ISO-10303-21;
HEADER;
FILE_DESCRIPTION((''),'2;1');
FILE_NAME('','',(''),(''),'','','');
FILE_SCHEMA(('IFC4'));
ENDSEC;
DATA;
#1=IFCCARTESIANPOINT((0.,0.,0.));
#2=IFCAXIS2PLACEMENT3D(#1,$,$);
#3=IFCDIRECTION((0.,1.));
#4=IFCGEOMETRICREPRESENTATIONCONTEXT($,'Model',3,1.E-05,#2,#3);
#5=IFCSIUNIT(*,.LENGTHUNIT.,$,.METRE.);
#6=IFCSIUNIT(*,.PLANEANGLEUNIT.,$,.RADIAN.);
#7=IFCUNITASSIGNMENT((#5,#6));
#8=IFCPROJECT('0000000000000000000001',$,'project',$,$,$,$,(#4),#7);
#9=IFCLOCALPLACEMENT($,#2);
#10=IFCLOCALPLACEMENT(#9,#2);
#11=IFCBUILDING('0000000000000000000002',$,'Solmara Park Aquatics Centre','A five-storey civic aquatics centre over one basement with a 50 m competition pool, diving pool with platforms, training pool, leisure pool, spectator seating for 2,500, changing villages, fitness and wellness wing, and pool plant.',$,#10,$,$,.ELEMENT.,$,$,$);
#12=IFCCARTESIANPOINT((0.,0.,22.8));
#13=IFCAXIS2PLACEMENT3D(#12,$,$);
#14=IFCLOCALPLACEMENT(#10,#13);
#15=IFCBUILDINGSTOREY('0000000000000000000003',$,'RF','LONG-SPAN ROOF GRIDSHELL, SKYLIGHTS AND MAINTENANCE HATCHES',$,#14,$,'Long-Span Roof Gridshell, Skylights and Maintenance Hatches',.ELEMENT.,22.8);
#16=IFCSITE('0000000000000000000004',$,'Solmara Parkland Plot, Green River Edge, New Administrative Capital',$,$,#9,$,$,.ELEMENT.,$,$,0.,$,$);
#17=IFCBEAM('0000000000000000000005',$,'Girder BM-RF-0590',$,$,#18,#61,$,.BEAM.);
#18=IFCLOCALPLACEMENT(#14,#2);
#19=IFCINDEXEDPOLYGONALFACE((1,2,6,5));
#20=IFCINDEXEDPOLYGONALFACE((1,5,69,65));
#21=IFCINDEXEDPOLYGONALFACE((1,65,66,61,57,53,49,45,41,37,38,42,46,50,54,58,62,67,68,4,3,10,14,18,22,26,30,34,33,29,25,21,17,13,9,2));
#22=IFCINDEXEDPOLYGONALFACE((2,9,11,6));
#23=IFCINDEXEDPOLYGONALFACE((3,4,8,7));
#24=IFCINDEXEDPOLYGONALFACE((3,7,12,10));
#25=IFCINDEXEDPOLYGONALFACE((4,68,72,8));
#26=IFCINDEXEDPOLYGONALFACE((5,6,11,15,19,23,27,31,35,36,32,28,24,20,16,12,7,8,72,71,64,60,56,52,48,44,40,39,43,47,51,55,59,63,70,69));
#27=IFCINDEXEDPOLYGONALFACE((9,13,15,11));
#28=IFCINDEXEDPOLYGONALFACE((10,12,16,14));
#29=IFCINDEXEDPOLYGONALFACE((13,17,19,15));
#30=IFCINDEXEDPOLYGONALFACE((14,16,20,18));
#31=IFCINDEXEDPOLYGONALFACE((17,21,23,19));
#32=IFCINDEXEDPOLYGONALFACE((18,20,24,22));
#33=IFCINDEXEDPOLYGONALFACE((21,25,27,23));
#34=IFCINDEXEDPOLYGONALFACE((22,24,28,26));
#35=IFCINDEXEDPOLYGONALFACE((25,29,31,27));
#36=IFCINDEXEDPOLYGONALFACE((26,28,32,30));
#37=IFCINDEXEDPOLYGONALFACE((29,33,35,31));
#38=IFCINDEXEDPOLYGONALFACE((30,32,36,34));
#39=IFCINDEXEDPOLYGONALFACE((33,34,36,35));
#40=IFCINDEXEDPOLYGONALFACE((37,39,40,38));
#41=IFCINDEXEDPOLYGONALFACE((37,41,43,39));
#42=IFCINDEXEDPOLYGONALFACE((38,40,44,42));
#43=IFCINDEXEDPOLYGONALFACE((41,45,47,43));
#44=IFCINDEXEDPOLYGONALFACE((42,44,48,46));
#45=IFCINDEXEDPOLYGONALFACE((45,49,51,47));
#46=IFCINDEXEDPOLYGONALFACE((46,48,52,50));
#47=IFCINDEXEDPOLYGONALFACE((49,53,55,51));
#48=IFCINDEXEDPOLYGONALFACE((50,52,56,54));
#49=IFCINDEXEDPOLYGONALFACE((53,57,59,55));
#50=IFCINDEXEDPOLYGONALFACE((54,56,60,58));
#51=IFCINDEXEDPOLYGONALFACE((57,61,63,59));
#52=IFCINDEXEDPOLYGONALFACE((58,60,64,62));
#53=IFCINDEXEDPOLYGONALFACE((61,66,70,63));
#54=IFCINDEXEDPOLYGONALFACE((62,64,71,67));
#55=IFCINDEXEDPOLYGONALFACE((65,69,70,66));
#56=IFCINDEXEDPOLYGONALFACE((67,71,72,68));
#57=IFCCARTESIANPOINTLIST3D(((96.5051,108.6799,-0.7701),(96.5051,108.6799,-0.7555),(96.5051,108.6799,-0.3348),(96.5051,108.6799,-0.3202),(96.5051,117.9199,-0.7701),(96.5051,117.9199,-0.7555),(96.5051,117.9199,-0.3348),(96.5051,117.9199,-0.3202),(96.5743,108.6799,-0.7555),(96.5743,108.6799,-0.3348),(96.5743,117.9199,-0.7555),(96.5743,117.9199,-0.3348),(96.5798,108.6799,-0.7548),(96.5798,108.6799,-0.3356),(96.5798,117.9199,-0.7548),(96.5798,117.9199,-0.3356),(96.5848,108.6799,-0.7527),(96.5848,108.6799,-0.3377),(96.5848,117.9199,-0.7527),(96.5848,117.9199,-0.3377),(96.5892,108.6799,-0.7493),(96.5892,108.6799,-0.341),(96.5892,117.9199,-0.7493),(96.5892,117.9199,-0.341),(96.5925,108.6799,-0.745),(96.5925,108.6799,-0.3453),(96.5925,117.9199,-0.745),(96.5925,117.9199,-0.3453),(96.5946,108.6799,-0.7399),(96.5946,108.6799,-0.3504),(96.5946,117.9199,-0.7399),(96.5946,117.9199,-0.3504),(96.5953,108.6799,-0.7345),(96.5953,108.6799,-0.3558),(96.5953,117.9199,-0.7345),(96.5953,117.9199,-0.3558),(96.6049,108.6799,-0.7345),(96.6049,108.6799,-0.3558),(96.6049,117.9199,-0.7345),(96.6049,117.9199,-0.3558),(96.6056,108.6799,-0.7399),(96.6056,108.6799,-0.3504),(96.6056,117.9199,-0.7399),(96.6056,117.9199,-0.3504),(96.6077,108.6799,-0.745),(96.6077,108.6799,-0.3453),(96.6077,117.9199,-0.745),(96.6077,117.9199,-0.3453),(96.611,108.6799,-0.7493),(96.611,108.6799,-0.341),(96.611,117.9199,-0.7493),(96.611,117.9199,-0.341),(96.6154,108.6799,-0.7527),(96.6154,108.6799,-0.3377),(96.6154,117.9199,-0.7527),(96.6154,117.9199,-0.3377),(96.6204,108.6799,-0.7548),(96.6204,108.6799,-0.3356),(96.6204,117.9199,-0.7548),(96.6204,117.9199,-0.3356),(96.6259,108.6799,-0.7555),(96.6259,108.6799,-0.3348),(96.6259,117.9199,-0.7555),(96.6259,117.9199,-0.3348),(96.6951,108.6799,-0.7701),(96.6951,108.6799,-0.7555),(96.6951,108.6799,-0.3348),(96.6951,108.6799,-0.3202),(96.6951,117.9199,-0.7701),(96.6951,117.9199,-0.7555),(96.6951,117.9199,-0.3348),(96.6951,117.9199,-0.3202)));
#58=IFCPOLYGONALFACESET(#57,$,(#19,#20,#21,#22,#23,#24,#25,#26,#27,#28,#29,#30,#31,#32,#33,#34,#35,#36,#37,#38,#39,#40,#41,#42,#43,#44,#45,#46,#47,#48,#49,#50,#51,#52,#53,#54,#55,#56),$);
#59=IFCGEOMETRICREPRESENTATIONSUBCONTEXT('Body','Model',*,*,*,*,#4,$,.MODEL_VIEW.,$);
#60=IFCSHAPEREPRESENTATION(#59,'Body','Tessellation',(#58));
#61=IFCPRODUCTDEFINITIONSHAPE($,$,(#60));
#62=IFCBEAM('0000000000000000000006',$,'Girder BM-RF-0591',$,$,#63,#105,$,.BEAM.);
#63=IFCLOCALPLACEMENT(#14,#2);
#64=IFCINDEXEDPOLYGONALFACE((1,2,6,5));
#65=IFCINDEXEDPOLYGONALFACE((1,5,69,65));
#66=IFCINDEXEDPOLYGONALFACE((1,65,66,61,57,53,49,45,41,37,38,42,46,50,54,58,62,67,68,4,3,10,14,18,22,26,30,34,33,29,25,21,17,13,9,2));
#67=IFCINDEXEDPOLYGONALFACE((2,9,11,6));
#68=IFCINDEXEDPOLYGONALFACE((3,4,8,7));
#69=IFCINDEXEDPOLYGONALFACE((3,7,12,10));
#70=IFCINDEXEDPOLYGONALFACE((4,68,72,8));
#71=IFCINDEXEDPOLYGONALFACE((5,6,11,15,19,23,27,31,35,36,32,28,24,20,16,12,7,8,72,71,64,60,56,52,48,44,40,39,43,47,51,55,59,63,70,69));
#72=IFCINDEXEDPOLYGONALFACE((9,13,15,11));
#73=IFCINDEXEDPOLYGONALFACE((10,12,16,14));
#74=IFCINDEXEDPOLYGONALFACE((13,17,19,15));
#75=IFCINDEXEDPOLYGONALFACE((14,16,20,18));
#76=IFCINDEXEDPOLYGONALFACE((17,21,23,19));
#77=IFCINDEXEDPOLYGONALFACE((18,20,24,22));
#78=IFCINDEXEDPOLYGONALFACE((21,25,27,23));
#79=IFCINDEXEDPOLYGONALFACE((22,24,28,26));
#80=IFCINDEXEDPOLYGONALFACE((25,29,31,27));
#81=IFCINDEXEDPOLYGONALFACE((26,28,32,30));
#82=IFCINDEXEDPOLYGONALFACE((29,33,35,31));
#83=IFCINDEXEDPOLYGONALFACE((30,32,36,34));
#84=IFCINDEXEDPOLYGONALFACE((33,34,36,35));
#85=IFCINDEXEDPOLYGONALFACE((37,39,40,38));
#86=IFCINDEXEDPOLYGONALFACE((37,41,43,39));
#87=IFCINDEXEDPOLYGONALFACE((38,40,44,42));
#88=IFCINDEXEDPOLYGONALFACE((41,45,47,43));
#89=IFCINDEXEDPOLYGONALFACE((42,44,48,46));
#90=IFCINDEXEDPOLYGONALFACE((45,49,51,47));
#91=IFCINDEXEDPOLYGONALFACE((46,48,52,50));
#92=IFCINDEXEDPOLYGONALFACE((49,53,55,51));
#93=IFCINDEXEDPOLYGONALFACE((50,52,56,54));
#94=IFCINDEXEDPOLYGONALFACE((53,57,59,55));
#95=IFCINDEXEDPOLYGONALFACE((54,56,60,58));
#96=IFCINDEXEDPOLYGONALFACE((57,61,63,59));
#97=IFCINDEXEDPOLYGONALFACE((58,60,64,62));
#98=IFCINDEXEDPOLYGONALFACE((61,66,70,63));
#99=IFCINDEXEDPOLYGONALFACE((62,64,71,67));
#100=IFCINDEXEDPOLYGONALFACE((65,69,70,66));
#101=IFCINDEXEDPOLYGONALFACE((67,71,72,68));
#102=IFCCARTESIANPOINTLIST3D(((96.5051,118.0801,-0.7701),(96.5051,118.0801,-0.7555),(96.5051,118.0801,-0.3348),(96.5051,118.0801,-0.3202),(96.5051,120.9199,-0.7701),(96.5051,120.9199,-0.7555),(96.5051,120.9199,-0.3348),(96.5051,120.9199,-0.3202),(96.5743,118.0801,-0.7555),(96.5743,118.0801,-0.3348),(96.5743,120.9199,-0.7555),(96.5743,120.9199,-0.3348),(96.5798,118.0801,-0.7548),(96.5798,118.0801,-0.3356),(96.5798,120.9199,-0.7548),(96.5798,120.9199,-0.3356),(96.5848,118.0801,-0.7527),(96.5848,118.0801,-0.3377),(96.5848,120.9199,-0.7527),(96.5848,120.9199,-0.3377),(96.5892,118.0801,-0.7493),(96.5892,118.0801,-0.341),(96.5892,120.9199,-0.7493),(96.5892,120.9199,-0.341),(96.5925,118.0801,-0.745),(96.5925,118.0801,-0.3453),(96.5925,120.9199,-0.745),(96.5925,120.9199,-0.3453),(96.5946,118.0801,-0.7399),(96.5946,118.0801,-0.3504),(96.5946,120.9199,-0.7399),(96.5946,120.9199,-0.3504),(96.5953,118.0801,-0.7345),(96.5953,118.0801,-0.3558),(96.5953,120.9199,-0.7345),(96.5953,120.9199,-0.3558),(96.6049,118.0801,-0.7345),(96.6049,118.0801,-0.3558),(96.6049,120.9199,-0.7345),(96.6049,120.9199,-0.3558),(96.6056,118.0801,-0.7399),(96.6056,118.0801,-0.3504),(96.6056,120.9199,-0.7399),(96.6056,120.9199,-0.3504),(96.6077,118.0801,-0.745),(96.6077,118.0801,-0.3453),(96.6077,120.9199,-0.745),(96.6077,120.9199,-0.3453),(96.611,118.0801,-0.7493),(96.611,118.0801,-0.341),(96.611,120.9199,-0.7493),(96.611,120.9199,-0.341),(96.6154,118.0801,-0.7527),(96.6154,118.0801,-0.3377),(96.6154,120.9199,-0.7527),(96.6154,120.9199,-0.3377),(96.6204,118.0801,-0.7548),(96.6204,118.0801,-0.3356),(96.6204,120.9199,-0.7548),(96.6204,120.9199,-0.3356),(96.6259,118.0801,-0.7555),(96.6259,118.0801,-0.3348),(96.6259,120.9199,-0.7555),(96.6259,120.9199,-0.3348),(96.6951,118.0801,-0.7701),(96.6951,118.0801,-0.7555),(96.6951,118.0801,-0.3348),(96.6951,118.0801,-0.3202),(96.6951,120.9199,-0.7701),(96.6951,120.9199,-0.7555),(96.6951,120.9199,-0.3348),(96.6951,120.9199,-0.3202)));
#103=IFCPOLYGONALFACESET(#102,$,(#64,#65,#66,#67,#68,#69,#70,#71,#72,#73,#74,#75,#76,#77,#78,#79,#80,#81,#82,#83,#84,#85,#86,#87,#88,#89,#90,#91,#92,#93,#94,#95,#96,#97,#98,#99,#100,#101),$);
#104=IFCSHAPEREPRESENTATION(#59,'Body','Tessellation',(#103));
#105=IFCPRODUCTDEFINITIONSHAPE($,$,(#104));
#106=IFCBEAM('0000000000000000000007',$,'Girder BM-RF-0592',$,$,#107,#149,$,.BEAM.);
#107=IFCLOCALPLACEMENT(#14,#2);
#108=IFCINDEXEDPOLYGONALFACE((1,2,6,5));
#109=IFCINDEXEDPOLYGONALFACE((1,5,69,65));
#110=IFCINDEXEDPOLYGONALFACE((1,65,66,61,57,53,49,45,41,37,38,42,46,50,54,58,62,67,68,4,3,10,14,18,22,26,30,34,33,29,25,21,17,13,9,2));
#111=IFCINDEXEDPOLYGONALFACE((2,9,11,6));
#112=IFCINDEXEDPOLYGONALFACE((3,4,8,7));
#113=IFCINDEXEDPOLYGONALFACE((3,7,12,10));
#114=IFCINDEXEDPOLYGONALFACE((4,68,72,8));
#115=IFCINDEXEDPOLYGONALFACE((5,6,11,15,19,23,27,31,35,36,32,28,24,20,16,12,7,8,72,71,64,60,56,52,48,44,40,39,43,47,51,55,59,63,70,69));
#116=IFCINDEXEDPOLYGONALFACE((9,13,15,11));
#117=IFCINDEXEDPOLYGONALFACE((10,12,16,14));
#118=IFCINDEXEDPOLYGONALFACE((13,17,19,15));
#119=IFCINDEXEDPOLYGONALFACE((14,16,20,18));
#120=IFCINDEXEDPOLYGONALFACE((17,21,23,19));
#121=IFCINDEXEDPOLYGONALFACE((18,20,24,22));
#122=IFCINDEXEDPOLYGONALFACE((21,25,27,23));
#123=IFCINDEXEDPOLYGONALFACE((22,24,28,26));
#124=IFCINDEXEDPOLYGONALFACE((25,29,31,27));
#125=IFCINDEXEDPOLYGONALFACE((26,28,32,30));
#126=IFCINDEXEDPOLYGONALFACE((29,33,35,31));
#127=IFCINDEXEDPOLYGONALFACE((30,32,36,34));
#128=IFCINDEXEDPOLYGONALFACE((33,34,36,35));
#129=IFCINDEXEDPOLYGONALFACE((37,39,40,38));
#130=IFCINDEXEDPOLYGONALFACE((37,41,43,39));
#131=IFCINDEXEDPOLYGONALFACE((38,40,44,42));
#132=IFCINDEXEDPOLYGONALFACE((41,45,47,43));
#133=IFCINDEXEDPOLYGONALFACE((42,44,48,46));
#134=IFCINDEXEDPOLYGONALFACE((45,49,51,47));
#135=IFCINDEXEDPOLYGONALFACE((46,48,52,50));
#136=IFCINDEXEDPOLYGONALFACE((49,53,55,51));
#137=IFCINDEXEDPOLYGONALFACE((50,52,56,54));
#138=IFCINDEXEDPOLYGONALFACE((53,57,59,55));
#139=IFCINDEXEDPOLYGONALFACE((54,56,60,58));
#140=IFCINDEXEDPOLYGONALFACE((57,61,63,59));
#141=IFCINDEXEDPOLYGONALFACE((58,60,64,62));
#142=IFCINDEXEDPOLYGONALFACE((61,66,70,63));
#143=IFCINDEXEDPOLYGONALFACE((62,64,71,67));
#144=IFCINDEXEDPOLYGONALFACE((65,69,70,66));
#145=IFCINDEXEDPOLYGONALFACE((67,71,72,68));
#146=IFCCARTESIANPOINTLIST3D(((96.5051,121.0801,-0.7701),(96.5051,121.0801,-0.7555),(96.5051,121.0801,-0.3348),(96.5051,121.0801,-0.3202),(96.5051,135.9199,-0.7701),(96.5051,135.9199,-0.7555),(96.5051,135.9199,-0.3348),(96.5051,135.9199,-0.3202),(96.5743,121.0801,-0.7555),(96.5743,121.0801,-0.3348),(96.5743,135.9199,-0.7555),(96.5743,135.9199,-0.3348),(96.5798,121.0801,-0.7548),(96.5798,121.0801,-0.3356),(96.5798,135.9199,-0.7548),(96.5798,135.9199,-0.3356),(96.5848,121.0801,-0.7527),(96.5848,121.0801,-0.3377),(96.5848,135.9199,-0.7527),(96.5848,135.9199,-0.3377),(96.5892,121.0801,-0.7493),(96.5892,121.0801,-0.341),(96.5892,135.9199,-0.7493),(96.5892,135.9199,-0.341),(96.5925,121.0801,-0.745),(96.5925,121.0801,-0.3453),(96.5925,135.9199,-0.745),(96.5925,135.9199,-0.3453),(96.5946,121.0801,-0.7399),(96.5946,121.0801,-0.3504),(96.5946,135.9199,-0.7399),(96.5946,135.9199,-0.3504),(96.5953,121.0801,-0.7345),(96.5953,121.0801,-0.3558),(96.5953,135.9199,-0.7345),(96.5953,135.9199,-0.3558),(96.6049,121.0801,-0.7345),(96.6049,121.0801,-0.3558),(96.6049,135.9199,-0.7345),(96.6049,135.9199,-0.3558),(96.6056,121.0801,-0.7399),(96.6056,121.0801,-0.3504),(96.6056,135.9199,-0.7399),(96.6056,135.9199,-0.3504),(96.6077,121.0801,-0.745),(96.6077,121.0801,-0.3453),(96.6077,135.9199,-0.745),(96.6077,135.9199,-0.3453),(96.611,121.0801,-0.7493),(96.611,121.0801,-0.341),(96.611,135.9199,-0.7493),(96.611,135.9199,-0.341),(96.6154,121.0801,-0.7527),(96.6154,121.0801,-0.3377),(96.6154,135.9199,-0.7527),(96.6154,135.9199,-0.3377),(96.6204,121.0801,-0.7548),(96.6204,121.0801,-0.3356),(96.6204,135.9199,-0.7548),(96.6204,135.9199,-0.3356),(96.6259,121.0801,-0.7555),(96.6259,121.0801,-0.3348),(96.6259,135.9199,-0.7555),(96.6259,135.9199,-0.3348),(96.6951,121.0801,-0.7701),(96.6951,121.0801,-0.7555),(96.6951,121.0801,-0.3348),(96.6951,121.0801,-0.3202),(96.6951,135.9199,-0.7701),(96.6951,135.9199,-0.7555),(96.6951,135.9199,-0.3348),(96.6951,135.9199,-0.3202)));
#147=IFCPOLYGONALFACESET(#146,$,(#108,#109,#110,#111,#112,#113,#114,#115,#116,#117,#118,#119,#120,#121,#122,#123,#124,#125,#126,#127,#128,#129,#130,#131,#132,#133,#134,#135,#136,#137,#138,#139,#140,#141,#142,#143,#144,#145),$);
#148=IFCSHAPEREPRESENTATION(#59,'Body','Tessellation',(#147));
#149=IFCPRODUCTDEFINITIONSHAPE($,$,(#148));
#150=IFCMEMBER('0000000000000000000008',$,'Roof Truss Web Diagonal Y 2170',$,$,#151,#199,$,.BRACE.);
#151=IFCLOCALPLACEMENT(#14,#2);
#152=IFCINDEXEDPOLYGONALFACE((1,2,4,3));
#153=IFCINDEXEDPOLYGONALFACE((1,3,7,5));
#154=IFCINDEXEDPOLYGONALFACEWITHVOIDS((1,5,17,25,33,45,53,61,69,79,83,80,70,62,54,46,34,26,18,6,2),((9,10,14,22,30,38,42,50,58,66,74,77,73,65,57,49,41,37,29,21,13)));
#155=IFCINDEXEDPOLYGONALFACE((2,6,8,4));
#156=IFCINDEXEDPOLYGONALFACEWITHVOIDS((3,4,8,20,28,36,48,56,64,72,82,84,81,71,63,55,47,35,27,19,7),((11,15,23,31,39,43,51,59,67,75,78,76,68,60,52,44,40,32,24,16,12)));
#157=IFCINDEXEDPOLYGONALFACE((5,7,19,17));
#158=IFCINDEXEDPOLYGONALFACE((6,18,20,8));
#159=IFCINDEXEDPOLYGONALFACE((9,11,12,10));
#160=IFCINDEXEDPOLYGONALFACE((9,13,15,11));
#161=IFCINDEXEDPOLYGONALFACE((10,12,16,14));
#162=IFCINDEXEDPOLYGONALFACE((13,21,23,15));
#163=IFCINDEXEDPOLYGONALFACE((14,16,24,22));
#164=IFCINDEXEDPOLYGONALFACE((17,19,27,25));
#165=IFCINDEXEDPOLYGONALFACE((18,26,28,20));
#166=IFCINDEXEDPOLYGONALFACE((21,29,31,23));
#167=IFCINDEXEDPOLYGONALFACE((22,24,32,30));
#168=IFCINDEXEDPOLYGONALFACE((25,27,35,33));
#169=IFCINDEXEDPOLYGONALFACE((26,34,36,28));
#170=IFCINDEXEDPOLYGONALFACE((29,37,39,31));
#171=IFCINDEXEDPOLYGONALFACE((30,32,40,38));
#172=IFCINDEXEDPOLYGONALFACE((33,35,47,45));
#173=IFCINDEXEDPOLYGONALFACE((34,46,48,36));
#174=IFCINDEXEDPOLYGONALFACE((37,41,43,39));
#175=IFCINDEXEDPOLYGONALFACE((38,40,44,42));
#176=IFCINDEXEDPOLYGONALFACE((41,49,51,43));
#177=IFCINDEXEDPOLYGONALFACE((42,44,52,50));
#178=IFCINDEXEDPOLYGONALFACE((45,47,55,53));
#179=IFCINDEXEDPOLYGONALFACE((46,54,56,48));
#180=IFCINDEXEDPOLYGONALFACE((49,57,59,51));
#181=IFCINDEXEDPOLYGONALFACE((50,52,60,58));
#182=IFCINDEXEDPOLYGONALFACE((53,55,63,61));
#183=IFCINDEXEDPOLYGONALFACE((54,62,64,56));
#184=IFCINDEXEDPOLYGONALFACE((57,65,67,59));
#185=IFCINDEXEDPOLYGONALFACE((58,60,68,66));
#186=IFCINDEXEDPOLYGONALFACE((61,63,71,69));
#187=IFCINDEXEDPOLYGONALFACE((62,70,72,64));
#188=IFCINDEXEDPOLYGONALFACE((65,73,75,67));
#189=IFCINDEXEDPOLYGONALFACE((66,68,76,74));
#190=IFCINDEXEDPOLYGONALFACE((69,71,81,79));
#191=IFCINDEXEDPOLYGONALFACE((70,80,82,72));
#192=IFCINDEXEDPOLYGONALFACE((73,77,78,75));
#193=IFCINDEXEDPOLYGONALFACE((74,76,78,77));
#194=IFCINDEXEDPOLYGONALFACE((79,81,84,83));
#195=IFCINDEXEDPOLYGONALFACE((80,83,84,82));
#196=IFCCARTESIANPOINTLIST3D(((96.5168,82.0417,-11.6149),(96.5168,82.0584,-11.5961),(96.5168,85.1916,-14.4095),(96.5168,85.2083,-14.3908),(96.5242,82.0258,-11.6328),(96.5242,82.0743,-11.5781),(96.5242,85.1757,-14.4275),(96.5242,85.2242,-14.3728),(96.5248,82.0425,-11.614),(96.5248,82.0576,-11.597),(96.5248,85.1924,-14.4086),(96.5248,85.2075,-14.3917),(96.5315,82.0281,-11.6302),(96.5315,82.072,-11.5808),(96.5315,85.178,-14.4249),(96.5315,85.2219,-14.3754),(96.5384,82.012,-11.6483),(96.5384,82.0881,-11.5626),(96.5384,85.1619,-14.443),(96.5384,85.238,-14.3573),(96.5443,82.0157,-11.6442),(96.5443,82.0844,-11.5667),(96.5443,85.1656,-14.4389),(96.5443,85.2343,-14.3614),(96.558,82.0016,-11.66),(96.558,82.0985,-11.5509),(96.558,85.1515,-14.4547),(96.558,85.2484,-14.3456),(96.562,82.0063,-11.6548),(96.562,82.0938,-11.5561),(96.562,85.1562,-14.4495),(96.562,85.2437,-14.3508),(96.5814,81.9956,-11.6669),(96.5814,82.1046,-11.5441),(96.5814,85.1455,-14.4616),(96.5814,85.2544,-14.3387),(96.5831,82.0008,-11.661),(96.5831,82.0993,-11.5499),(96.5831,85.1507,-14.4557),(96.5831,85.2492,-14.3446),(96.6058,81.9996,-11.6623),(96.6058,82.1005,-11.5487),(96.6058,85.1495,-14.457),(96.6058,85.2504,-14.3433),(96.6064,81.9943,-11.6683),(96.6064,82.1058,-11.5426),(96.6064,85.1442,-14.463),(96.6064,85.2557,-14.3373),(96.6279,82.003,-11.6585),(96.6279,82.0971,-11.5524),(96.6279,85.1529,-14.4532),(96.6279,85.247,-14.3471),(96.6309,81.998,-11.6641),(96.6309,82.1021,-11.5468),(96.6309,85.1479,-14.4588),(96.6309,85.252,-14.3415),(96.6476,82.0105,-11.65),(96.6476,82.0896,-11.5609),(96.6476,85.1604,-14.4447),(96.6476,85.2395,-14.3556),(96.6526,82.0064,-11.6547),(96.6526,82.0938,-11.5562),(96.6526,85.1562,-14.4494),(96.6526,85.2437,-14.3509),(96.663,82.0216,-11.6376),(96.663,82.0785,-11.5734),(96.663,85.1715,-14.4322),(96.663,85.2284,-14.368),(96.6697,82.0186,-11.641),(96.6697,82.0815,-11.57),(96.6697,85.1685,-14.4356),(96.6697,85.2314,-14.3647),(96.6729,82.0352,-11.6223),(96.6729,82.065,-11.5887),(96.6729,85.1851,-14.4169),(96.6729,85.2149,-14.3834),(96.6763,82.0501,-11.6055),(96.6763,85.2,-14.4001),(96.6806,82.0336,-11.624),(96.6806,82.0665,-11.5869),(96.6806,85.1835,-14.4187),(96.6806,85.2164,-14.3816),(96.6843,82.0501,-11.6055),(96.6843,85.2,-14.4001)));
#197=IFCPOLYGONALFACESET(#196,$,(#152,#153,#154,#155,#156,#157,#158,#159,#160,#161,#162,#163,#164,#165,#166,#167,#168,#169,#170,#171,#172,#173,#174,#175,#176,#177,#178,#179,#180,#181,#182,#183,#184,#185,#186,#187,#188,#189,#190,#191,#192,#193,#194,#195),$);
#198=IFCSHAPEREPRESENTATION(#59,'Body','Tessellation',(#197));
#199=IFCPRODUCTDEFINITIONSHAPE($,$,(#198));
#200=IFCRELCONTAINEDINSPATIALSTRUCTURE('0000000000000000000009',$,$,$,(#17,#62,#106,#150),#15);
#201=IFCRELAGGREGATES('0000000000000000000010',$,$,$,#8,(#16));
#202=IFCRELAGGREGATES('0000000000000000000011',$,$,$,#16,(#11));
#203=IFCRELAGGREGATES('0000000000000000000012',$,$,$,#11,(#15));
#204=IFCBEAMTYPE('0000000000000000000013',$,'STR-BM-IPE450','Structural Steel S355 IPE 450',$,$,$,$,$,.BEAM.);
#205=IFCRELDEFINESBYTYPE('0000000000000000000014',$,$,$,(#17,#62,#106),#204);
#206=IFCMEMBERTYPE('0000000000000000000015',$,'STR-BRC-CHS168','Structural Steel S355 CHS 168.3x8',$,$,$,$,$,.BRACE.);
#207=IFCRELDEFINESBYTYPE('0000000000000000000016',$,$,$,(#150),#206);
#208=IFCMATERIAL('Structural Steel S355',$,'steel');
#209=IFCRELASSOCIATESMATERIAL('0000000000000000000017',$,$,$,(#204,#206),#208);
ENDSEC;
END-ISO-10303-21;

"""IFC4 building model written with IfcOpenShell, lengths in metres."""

from ifc_helpers import new_model, si_unit, direction, frame, origin, origin_2d, place, context, subcontext, project, spatial, hollow_circle, i_section, extrude, material, material_profile, profile_set, type_object, element, save


model = new_model("IFC4")

# Units and contexts
model_context = context("Model", 3, precision=1e-05, world=origin(), true_north=direction((0.0, 1.0)))
body_context = subcontext(model_context, "Body", "Model", "MODEL_VIEW")
ifc_project = project(units=[si_unit("LENGTHUNIT", "METRE"), si_unit("PLANEANGLEUNIT", "RADIAN")], contexts=[model_context])

# Site, building, storey
site_placement = place(None, origin())
site = spatial("IfcSite", under=ifc_project, at=site_placement, Name="Solmara Parkland Plot, Green River Edge, New Administrative Capital", CompositionType="ELEMENT", RefElevation=0.0)
building_placement = place(site_placement, origin())
building = spatial("IfcBuilding", under=site, at=building_placement, Name="Solmara Park Aquatics Centre", Description="A five-storey civic aquatics centre over one basement with a 50 m competition pool, diving pool with platforms, training pool, leisure pool, spectator seating for 2,500, changing villages, fitness and wellness wing, and pool plant.", CompositionType="ELEMENT")
storey_placement = place(building_placement, frame((0.0, 0.0, 22.8)))
storey = spatial("IfcBuildingStorey", under=building, at=storey_placement, Name="RF", Description="LONG-SPAN ROOF GRIDSHELL, SKYLIGHTS AND MAINTENANCE HATCHES", LongName="Long-Span Roof Gridshell, Skylights and Maintenance Hatches", CompositionType="ELEMENT", Elevation=22.8)

# Beams
ifc_material_1 = material(Name="Structural Steel S355", Category="steel")
ifc_material_profile_1 = material_profile(ifc_material_1, i_section(OverallWidth=0.1899, OverallDepth=0.45, WebThickness=0.0095, FlangeThickness=0.0146, FilletRadius=0.021, at=origin_2d()), Name="IPE 450")
ifc_profile_set_1 = profile_set([ifc_material_profile_1], Name="Structural Steel S355")
beam_type = type_object("IfcBeamType", Name="STR-BM-IPE450", Description="Structural Steel S355 IPE 450", PredefinedType="BEAM", material=ifc_profile_set_1)
beam_1_placement = place(storey_placement, frame((96.6001, 108.6799, -0.5452), z_axis=(0.0, 1.0, 0.0), x_axis=(-1.0, 0.0, 0.0)))
element("IfcBeam", 1, at=beam_1_placement, inside=storey, type_object=beam_type, Name="Girder BM-RF-0590", PredefinedType="BEAM", context=body_context, shape_type="SweptSolid", body=[
    extrude(i_section(OverallWidth=0.1899, OverallDepth=0.45, WebThickness=0.0095, FlangeThickness=0.0146, FilletRadius=0.021, at=origin_2d()), origin(), (0.0, 0.0, 1.0), 9.24),
])
beam_2_placement = place(storey_placement, frame((96.6001, 118.0801, -0.5452), z_axis=(0.0, 1.0, 0.0), x_axis=(-1.0, 0.0, 0.0)))
element("IfcBeam", 2, at=beam_2_placement, inside=storey, type_object=beam_type, Name="Girder BM-RF-0591", PredefinedType="BEAM", context=body_context, shape_type="SweptSolid", body=[
    extrude(i_section(OverallWidth=0.1899, OverallDepth=0.45, WebThickness=0.0095, FlangeThickness=0.0146, FilletRadius=0.021, at=origin_2d()), origin(), (0.0, 0.0, 1.0), 2.8398),
])
beam_3_placement = place(storey_placement, frame((96.6001, 121.0801, -0.5452), z_axis=(0.0, 1.0, 0.0), x_axis=(-1.0, 0.0, 0.0)))
element("IfcBeam", 3, at=beam_3_placement, inside=storey, type_object=beam_type, Name="Girder BM-RF-0592", PredefinedType="BEAM", context=body_context, shape_type="SweptSolid", body=[
    extrude(i_section(OverallWidth=0.1899, OverallDepth=0.45, WebThickness=0.0095, FlangeThickness=0.0146, FilletRadius=0.021, at=origin_2d()), origin(), (0.0, 0.0, 1.0), 14.8398),
])

# Member
ifc_material_profile_2 = material_profile(ifc_material_1, hollow_circle(Radius=0.0842, WallThickness=0.0081, at=origin_2d()), Name="CHS 168.3x8")
ifc_profile_set_2 = profile_set([ifc_material_profile_2], Name="Structural Steel S355")
member_type_1 = type_object("IfcMemberType", Name="STR-BRC-CHS168", Description="Structural Steel S355 CHS 168.3x8", PredefinedType="BRACE", material=ifc_profile_set_2)
member_1_placement = place(storey_placement, frame((96.6001, 85.2, -14.4001), z_axis=(0.0, -0.748026, 0.663669), x_axis=(1.0, 0.0, 0.0)))
element("IfcMember", 4, at=member_1_placement, inside=storey, type_object=member_type_1, Name="Roof Truss Web Diagonal Y 2170", PredefinedType="BRACE", context=body_context, shape_type="SweptSolid", body=[
    extrude(hollow_circle(Radius=0.0842, WallThickness=0.0081, at=origin_2d()), origin(), (0.0, 0.0, 1.0), 4.2109),
])

save(model, "model.ifc")
